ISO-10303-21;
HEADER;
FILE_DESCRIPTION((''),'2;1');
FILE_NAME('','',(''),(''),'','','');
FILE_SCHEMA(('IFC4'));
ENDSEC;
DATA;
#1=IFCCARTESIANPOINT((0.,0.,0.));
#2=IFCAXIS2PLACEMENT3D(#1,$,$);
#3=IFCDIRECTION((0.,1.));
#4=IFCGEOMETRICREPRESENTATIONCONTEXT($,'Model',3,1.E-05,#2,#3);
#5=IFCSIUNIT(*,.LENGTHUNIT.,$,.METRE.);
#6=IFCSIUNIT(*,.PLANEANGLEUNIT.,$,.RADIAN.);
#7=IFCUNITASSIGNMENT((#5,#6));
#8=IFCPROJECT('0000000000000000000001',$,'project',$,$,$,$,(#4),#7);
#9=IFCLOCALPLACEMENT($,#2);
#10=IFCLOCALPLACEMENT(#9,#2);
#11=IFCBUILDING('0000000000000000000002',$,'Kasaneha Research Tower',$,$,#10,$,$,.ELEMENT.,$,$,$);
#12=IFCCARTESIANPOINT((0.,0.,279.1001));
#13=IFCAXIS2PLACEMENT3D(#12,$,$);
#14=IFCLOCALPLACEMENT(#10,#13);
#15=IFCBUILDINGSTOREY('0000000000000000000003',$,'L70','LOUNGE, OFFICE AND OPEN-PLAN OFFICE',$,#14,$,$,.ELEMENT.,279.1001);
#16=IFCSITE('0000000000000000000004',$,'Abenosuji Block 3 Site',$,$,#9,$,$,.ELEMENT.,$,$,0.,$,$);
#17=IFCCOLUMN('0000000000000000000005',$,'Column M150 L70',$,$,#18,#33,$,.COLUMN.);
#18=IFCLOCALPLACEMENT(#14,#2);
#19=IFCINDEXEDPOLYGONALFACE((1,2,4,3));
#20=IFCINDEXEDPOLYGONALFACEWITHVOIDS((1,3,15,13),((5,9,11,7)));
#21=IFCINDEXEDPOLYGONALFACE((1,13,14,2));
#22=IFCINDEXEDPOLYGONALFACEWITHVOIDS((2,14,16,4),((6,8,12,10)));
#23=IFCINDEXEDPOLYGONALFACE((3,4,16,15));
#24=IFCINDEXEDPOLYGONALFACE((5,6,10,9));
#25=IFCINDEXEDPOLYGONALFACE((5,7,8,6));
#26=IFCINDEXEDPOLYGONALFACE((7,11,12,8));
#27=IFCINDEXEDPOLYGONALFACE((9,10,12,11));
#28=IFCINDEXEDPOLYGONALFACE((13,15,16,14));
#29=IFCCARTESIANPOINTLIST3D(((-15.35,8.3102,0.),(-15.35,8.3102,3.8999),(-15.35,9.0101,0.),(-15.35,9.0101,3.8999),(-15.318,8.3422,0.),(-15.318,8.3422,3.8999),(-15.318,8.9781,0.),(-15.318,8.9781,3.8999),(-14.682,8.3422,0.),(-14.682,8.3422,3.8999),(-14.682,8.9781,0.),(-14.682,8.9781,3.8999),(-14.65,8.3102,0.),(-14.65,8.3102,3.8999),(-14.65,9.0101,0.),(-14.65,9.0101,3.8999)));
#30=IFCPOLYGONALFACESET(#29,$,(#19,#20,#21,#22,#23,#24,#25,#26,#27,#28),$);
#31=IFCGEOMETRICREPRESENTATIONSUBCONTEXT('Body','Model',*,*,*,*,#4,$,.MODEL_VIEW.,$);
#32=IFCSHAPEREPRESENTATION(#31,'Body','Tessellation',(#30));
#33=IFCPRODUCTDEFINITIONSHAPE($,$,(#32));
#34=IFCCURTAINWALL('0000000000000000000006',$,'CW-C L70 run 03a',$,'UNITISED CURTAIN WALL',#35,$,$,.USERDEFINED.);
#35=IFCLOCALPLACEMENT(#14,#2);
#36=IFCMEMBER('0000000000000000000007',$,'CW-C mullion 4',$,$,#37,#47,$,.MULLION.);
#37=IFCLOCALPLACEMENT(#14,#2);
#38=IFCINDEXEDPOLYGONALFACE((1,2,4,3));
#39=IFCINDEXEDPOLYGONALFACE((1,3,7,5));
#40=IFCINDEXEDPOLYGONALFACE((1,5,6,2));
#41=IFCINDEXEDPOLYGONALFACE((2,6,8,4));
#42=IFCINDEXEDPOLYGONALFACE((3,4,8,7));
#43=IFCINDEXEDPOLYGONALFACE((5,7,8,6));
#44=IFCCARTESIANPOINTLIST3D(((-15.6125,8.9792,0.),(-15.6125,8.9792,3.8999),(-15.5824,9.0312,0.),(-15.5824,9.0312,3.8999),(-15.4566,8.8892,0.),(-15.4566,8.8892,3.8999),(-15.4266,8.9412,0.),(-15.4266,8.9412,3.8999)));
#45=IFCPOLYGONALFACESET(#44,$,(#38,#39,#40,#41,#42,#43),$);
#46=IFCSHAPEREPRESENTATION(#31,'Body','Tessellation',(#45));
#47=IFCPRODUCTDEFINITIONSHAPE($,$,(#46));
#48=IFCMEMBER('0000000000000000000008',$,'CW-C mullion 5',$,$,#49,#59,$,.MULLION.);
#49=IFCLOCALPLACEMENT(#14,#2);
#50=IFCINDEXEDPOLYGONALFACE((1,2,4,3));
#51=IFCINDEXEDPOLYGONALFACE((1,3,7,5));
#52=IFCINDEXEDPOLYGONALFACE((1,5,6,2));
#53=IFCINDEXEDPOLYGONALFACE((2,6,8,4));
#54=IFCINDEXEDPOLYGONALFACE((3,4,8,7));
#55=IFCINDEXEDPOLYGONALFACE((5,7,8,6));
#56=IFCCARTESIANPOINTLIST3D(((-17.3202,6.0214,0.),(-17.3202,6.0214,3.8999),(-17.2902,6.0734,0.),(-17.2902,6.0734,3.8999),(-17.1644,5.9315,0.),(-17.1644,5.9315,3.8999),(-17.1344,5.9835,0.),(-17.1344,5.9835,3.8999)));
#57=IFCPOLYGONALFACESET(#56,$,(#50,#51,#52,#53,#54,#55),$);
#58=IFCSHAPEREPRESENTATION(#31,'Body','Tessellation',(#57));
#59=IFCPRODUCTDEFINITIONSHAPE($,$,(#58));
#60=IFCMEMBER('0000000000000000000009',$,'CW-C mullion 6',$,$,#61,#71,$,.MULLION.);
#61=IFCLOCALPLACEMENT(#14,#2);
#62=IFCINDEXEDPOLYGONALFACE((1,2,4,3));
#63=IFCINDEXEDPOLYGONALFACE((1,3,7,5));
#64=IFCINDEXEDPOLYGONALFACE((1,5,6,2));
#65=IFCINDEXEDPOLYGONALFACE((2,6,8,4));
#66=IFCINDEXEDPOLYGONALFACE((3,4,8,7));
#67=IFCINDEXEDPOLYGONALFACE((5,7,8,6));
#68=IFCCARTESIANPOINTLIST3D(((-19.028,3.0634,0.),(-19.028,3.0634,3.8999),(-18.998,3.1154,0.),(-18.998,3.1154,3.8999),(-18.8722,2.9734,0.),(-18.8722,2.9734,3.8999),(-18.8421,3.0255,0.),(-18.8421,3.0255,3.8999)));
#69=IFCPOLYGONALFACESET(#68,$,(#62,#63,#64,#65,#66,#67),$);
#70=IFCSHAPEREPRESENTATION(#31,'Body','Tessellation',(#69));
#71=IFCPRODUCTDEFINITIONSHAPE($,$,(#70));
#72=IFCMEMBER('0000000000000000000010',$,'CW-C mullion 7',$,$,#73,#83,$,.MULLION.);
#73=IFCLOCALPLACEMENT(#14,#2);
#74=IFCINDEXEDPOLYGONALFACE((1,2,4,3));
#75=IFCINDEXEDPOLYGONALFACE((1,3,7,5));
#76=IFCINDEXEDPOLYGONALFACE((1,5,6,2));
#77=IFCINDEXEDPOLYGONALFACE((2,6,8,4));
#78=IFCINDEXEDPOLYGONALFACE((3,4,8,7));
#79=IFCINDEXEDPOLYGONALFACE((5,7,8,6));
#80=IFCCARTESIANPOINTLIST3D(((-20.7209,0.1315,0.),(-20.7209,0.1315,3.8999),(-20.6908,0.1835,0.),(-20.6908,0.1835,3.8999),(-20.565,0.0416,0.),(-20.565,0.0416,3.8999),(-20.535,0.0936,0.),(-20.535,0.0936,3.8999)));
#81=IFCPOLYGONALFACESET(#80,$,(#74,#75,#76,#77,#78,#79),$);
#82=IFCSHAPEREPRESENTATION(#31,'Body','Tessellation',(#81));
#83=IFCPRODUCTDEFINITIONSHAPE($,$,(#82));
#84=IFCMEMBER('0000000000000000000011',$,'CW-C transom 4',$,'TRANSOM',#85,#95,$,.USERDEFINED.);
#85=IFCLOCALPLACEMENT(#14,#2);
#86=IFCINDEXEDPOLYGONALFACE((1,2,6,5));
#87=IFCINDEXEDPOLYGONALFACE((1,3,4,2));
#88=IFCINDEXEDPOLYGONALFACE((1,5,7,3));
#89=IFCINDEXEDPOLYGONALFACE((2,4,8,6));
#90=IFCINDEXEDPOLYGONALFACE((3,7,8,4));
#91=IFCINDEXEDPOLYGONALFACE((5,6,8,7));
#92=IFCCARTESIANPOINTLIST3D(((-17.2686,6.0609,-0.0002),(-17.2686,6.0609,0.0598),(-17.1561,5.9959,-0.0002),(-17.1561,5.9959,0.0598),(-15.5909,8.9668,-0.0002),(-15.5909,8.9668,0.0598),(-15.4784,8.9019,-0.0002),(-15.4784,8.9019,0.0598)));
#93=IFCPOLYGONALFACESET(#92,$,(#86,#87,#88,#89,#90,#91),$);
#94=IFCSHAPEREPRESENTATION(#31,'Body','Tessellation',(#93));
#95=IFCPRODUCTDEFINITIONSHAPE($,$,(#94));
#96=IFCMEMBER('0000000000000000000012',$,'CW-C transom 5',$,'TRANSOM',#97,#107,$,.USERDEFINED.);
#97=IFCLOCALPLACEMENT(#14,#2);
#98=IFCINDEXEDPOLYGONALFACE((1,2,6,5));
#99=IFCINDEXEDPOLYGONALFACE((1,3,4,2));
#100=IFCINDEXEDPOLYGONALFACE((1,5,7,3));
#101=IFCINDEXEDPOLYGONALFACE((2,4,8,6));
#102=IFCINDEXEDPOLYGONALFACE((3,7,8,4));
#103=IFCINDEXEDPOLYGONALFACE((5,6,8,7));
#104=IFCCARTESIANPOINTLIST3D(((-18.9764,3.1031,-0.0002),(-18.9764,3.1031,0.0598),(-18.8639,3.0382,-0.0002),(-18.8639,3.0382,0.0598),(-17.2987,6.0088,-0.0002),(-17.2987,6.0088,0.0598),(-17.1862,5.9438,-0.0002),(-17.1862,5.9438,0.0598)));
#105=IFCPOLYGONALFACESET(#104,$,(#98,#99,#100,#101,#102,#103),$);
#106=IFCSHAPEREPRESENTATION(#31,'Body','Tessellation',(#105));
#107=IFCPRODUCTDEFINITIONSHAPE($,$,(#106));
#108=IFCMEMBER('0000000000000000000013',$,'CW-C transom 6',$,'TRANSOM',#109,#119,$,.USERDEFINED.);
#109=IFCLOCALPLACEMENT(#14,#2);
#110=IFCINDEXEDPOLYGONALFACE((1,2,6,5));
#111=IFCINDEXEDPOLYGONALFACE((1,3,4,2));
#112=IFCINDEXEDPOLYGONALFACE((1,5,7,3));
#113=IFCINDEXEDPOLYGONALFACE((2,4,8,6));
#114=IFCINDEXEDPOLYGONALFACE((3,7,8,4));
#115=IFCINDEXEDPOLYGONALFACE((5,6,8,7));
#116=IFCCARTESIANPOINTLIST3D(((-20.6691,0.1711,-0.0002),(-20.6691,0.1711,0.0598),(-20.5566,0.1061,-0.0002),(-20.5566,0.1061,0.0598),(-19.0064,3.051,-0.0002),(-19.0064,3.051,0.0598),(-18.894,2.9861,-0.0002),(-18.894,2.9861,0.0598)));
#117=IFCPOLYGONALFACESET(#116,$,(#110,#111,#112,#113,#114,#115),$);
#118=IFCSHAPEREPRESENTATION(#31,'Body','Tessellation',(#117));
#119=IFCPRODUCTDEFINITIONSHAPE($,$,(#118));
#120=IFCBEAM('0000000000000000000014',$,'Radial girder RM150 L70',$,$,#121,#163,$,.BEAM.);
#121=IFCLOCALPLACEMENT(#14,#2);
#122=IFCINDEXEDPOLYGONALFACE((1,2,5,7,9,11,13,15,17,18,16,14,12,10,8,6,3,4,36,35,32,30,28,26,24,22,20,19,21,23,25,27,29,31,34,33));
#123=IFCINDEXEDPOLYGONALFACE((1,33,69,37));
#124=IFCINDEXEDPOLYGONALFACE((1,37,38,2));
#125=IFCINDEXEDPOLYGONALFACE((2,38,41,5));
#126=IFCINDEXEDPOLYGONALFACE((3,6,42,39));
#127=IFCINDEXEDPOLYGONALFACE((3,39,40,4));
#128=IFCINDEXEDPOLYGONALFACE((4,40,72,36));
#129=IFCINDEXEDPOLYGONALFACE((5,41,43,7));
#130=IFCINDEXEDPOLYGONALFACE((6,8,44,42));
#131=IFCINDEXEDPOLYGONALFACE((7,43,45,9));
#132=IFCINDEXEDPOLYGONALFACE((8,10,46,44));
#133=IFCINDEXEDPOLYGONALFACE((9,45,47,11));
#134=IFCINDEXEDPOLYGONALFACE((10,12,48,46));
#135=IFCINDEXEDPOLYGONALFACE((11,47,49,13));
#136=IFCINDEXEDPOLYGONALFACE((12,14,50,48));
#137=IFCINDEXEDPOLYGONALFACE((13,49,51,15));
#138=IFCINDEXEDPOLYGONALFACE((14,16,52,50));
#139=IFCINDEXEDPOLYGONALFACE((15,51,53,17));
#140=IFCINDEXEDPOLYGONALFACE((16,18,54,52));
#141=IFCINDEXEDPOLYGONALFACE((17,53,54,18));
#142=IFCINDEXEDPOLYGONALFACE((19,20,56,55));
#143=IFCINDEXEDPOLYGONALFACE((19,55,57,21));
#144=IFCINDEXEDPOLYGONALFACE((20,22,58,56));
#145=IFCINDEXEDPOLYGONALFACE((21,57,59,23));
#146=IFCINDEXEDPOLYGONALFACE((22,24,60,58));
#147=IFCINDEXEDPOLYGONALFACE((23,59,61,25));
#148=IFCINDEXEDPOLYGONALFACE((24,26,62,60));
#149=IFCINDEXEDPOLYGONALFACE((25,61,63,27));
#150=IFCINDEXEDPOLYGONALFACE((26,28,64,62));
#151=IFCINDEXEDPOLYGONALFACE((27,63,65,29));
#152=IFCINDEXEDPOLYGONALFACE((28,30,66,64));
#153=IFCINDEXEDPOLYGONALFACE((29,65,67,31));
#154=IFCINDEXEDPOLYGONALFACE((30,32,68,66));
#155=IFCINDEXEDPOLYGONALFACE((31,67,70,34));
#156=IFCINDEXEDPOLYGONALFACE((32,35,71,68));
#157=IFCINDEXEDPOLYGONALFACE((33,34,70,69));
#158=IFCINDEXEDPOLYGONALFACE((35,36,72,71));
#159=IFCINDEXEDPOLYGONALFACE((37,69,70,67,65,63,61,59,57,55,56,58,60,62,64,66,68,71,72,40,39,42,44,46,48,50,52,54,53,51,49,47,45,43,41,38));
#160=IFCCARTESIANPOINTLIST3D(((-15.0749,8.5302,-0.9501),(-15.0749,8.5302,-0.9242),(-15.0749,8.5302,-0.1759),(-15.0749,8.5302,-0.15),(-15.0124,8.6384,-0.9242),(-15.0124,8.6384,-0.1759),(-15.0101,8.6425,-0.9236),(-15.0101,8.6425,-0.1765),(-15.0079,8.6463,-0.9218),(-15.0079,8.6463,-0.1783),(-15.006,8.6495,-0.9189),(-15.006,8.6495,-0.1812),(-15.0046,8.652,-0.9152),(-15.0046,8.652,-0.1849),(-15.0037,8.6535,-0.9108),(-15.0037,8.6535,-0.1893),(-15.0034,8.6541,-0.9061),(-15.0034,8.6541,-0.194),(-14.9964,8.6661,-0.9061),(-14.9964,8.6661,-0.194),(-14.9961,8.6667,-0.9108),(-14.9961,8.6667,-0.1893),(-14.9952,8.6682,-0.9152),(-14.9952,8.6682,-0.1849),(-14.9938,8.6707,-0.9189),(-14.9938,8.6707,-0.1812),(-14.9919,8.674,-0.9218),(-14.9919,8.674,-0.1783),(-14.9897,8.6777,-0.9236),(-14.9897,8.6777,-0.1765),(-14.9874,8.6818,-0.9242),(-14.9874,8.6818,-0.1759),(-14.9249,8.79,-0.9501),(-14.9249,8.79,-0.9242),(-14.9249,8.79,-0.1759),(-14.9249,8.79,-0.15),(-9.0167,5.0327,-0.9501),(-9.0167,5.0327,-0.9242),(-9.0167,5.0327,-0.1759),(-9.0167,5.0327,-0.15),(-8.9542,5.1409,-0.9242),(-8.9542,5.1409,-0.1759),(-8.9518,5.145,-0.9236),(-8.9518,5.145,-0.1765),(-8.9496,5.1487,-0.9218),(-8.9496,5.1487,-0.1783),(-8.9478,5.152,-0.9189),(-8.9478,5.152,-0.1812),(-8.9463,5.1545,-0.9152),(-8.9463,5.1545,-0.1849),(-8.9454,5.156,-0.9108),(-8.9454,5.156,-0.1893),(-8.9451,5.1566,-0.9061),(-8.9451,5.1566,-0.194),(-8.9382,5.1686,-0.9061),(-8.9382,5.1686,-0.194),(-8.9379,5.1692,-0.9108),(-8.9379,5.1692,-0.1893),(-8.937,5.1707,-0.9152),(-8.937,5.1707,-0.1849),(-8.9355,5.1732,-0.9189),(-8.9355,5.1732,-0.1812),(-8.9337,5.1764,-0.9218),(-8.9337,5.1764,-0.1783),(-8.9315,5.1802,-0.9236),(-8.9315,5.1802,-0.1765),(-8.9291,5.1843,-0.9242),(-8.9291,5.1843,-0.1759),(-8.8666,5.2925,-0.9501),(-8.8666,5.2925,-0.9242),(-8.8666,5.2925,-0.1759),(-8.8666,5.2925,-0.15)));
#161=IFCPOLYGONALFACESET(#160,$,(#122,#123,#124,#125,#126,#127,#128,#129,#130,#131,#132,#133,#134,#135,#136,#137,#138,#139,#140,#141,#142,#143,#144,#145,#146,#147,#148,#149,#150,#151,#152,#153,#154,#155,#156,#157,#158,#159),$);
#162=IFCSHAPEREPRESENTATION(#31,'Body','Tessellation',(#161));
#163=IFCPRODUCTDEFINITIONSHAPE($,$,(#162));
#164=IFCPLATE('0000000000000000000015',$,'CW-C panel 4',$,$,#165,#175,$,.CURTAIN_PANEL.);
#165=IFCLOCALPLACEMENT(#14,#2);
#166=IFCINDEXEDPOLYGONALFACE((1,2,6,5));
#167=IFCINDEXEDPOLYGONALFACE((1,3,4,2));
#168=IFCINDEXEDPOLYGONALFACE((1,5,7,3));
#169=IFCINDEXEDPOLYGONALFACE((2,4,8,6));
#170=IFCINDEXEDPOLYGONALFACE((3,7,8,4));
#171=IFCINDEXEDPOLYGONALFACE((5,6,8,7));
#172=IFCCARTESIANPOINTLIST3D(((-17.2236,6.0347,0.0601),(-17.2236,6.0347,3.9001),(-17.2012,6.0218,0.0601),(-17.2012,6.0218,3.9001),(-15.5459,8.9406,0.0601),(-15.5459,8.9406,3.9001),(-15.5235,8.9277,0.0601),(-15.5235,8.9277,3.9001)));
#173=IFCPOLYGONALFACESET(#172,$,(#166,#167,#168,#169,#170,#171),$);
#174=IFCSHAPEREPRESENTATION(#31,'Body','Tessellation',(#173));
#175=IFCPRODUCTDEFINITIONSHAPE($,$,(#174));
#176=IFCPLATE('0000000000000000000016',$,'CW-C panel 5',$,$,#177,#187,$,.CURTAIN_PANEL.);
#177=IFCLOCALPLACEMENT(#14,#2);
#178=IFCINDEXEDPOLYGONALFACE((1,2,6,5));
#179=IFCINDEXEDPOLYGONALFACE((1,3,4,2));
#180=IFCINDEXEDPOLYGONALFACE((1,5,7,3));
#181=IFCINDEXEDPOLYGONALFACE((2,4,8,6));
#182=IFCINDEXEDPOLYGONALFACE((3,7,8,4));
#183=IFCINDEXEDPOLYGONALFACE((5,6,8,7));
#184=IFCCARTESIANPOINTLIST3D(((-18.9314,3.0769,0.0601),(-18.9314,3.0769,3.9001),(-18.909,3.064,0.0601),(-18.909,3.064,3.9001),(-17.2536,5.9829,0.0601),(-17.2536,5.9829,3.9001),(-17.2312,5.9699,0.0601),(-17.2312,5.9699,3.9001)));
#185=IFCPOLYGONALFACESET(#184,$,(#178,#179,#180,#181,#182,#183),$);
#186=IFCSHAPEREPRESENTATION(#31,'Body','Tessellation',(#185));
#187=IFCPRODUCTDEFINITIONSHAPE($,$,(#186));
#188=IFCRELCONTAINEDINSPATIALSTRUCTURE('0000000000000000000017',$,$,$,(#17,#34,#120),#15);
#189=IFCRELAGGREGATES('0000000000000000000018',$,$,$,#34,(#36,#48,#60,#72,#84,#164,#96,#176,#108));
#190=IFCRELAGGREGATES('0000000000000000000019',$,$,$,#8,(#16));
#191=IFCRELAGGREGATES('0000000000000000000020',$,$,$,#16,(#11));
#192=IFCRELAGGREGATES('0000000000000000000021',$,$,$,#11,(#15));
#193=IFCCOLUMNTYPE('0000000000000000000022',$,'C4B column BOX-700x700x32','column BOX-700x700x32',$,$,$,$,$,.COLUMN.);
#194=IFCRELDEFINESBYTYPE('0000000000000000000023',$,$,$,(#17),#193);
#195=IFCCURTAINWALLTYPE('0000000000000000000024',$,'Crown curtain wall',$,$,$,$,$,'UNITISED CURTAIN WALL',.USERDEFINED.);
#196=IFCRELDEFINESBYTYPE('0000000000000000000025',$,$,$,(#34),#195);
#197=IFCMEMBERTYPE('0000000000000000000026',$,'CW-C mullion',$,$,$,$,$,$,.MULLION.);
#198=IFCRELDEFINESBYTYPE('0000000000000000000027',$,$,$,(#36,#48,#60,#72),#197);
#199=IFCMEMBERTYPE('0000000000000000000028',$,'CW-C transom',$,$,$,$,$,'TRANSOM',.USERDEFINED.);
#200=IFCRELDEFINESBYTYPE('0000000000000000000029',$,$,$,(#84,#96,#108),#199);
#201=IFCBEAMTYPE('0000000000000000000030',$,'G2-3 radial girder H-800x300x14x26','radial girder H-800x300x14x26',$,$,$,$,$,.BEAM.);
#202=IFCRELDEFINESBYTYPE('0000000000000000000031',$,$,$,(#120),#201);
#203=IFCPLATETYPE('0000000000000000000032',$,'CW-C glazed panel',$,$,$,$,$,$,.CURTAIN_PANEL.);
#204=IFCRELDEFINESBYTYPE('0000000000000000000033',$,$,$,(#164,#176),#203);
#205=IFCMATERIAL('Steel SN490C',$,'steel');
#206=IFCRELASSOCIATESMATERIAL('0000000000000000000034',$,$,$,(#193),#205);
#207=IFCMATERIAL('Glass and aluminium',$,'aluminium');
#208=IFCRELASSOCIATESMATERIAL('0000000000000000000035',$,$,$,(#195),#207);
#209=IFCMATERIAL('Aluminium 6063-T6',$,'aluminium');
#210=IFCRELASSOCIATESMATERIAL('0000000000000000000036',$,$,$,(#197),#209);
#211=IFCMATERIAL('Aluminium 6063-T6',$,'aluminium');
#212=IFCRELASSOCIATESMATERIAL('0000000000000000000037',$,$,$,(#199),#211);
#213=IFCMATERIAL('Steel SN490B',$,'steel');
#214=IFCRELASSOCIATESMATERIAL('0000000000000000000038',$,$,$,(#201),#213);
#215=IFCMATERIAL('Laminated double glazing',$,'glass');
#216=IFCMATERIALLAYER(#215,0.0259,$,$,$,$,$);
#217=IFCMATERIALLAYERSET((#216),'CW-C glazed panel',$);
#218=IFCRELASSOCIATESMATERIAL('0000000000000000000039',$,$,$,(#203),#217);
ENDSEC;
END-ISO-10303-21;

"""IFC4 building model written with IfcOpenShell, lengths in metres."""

from ifc_helpers import new_model, si_unit, direction, frame, origin, origin_2d, place, context, subcontext, project, spatial, rectangle, hollow_rectangle, i_section, extrude, material, layer, layer_set, material_profile, profile_set, type_object, element, aggregate, save


model = new_model("IFC4")

# Units and contexts
model_context = context("Model", 3, precision=1e-05, world=origin(), true_north=direction((0.0, 1.0)))
body_context = subcontext(model_context, "Body", "Model", "MODEL_VIEW")
ifc_project = project(units=[si_unit("LENGTHUNIT", "METRE"), si_unit("PLANEANGLEUNIT", "RADIAN")], contexts=[model_context])

# Site, building, storey
site_placement = place(None, origin())
site = spatial("IfcSite", under=ifc_project, at=site_placement, Name="Abenosuji Block 3 Site", CompositionType="ELEMENT", RefElevation=0.0)
building_placement = place(site_placement, origin())
building = spatial("IfcBuilding", under=site, at=building_placement, Name="Kasaneha Research Tower", CompositionType="ELEMENT")
storey_placement = place(building_placement, frame((0.0, 0.0, 279.1001)))
storey = spatial("IfcBuildingStorey", under=building, at=storey_placement, Name="L70", Description="LOUNGE, OFFICE AND OPEN-PLAN OFFICE", CompositionType="ELEMENT", Elevation=279.1001)

# Column
ifc_material_1 = material(Name="Steel SN490C", Category="steel")
ifc_material_profile_1 = material_profile(ifc_material_1, hollow_rectangle(XDim=0.7, YDim=0.7, WallThickness=0.032, at=origin_2d()), Name="BOX-700x700x32")
ifc_profile_set_1 = profile_set([ifc_material_profile_1], Name="Steel SN490C")
column_type = type_object("IfcColumnType", Name="C4B column BOX-700x700x32", Description="column BOX-700x700x32", PredefinedType="COLUMN", material=ifc_profile_set_1)
column_placement = place(storey_placement, frame((-15.0, 8.6602, 0.0), z_axis=(0.0, 0.0, 1.0), x_axis=(1.0, 0.0, 0.0)))
element("IfcColumn", 1, at=column_placement, inside=storey, type_object=column_type, Name="Column M150 L70", PredefinedType="COLUMN", context=body_context, shape_type="SweptSolid", body=[
    extrude(hollow_rectangle(XDim=0.7, YDim=0.7, WallThickness=0.032, at=origin_2d()), origin(), (0.0, 0.0, 1.0), 3.8999),
])

# Curtain wall, members
ifc_material_2 = material(Name="Glass and aluminium", Category="aluminium")
curtain_wall_type = type_object("IfcCurtainWallType", Name="Crown curtain wall", ElementType="UNITISED CURTAIN WALL", PredefinedType="USERDEFINED", material=ifc_material_2)
curtain_wall_placement = place(storey_placement, origin())
curtain_wall = element("IfcCurtainWall", 2, at=curtain_wall_placement, inside=storey, type_object=curtain_wall_type, Name="CW-C L70 run 03a", ObjectType="UNITISED CURTAIN WALL", PredefinedType="USERDEFINED")
ifc_material_3 = material(Name="Aluminium 6063-T6", Category="aluminium")
ifc_material_profile_2 = material_profile(ifc_material_3, rectangle(XDim=0.0601, YDim=0.1799, at=origin_2d()), Name="CW-C mullion 60x180")
ifc_profile_set_2 = profile_set([ifc_material_profile_2], Name="Aluminium 6063-T6")
member_type_1 = type_object("IfcMemberType", Name="CW-C mullion", PredefinedType="MULLION", material=ifc_profile_set_2)
member_1_placement = place(storey_placement, frame((-15.5195, 8.9602, 0.0), z_axis=(0.0, 0.0, 1.0), x_axis=(-0.5, -0.866025, 0.0)))
member_1 = element("IfcMember", 3, at=member_1_placement, type_object=member_type_1, Name="CW-C mullion 4", PredefinedType="MULLION", context=body_context, shape_type="SweptSolid", body=[
    extrude(rectangle(XDim=0.0601, YDim=0.1799, at=origin_2d()), origin(), (0.0, 0.0, 1.0), 3.8999),
])
member_2_placement = place(storey_placement, frame((-17.2273, 6.0024, 0.0), z_axis=(0.0, 0.0, 1.0), x_axis=(-0.5, -0.866025, 0.0)))
member_2 = element("IfcMember", 4, at=member_2_placement, type_object=member_type_1, Name="CW-C mullion 5", PredefinedType="MULLION", context=body_context, shape_type="SweptSolid", body=[
    extrude(rectangle(XDim=0.0601, YDim=0.1799, at=origin_2d()), origin(), (0.0, 0.0, 1.0), 3.8999),
])
member_3_placement = place(storey_placement, frame((-18.9351, 3.0444, 0.0), z_axis=(0.0, 0.0, 1.0), x_axis=(-0.5, -0.866025, 0.0)))
member_3 = element("IfcMember", 5, at=member_3_placement, type_object=member_type_1, Name="CW-C mullion 6", PredefinedType="MULLION", context=body_context, shape_type="SweptSolid", body=[
    extrude(rectangle(XDim=0.0601, YDim=0.1799, at=origin_2d()), origin(), (0.0, 0.0, 1.0), 3.8999),
])
member_4_placement = place(storey_placement, frame((-20.6279, 0.1125, 0.0), z_axis=(0.0, 0.0, 1.0), x_axis=(-0.5, -0.866025, 0.0)))
member_4 = element("IfcMember", 6, at=member_4_placement, type_object=member_type_1, Name="CW-C mullion 7", PredefinedType="MULLION", context=body_context, shape_type="SweptSolid", body=[
    extrude(rectangle(XDim=0.0601, YDim=0.1799, at=origin_2d()), origin(), (0.0, 0.0, 1.0), 3.8999),
])
ifc_material_4 = material(Name="Aluminium 6063-T6", Category="aluminium")
ifc_material_profile_3 = material_profile(ifc_material_4, rectangle(XDim=0.1299, YDim=0.0601, at=origin_2d()), Name="CW-C transom 130x60")
ifc_profile_set_3 = profile_set([ifc_material_profile_3], Name="Aluminium 6063-T6")
member_type_2 = type_object("IfcMemberType", Name="CW-C transom", ElementType="TRANSOM", PredefinedType="USERDEFINED", material=ifc_profile_set_3)
member_5_placement = place(storey_placement, frame((-15.5347, 8.9343, 0.0298), z_axis=(-0.499989, -0.866032, 0.0), x_axis=(0.866032, -0.499989, 0.0)))
member_5 = element("IfcMember", 7, at=member_5_placement, type_object=member_type_2, Name="CW-C transom 4", ObjectType="TRANSOM", PredefinedType="USERDEFINED", context=body_context, shape_type="SweptSolid", body=[
    extrude(rectangle(XDim=0.1299, YDim=0.0601, at=origin_2d()), origin(), (0.0, 0.0, 1.0), 3.3555),
])
member_6_placement = place(storey_placement, frame((-17.2424, 5.9763, 0.0298), z_axis=(-0.500021, -0.866014, 0.0), x_axis=(0.866014, -0.500021, 0.0)))
member_6 = element("IfcMember", 8, at=member_6_placement, type_object=member_type_2, Name="CW-C transom 5", ObjectType="TRANSOM", PredefinedType="USERDEFINED", context=body_context, shape_type="SweptSolid", body=[
    extrude(rectangle(XDim=0.1299, YDim=0.0601, at=origin_2d()), origin(), (0.0, 0.0, 1.0), 3.3552),
])
member_7_placement = place(storey_placement, frame((-18.9502, 3.0186, 0.0298), z_axis=(-0.499977, -0.866039, 0.0), x_axis=(0.866039, -0.499977, 0.0)))
member_7 = element("IfcMember", 9, at=member_7_placement, type_object=member_type_2, Name="CW-C transom 6", ObjectType="TRANSOM", PredefinedType="USERDEFINED", context=body_context, shape_type="SweptSolid", body=[
    extrude(rectangle(XDim=0.1299, YDim=0.0601, at=origin_2d()), origin(), (0.0, 0.0, 1.0), 3.3254),
])

# Beam
ifc_material_5 = material(Name="Steel SN490B", Category="steel")
ifc_material_profile_4 = material_profile(ifc_material_5, i_section(OverallWidth=0.3, OverallDepth=0.8, WebThickness=0.0139, FlangeThickness=0.0259, FilletRadius=0.0181, at=origin_2d()), Name="H-800x300x14x26")
ifc_profile_set_4 = profile_set([ifc_material_profile_4], Name="Steel SN490B")
beam_type = type_object("IfcBeamType", Name="G2-3 radial girder H-800x300x14x26", Description="radial girder H-800x300x14x26", PredefinedType="BEAM", material=ifc_profile_set_4)
beam_placement = place(storey_placement, frame((-8.9417, 5.1626, -0.55), z_axis=(-0.86604, 0.499975, 0.0), x_axis=(-0.499975, -0.86604, 0.0)))
element("IfcBeam", 10, at=beam_placement, inside=storey, type_object=beam_type, Name="Radial girder RM150 L70", PredefinedType="BEAM", context=body_context, shape_type="SweptSolid", body=[
    extrude(i_section(OverallWidth=0.3, OverallDepth=0.8, WebThickness=0.0139, FlangeThickness=0.0259, FilletRadius=0.0181, at=origin_2d()), origin(), (0.0, 0.0, 1.0), 6.9954),
])

# Plates
ifc_material_6 = material(Name="Laminated double glazing", Category="glass")
ifc_layer_1 = layer(ifc_material_6, 0.0259)
ifc_layer_set_1 = layer_set([ifc_layer_1], Name="CW-C glazed panel")
plate_type = type_object("IfcPlateType", Name="CW-C glazed panel", PredefinedType="CURTAIN_PANEL", material=ifc_layer_set_1)
plate_1_placement = place(storey_placement, frame((-16.3735, 7.4812, 0.0601), z_axis=(0.0, 0.0, 1.0), x_axis=(-0.5, -0.866025, 0.0)))
plate_1 = element("IfcPlate", 11, at=plate_1_placement, type_object=plate_type, Name="CW-C panel 4", PredefinedType="CURTAIN_PANEL", context=body_context, shape_type="SweptSolid", body=[
    extrude(rectangle(XDim=3.3555, YDim=0.0259, at=origin_2d()), origin(), (0.0, 0.0, 1.0), 3.8401),
])
plate_2_placement = place(storey_placement, frame((-18.0813, 4.5234, 0.0601), z_axis=(0.0, 0.0, 1.0), x_axis=(-0.5, -0.866025, 0.0)))
plate_2 = element("IfcPlate", 12, at=plate_2_placement, type_object=plate_type, Name="CW-C panel 5", PredefinedType="CURTAIN_PANEL", context=body_context, shape_type="SweptSolid", body=[
    extrude(rectangle(XDim=3.3555, YDim=0.0259, at=origin_2d()), origin(), (0.0, 0.0, 1.0), 3.8401),
])
aggregate(curtain_wall, [member_1, member_2, member_3, member_4, member_5, plate_1, member_6, plate_2, member_7])

save(model, "model.ifc")
